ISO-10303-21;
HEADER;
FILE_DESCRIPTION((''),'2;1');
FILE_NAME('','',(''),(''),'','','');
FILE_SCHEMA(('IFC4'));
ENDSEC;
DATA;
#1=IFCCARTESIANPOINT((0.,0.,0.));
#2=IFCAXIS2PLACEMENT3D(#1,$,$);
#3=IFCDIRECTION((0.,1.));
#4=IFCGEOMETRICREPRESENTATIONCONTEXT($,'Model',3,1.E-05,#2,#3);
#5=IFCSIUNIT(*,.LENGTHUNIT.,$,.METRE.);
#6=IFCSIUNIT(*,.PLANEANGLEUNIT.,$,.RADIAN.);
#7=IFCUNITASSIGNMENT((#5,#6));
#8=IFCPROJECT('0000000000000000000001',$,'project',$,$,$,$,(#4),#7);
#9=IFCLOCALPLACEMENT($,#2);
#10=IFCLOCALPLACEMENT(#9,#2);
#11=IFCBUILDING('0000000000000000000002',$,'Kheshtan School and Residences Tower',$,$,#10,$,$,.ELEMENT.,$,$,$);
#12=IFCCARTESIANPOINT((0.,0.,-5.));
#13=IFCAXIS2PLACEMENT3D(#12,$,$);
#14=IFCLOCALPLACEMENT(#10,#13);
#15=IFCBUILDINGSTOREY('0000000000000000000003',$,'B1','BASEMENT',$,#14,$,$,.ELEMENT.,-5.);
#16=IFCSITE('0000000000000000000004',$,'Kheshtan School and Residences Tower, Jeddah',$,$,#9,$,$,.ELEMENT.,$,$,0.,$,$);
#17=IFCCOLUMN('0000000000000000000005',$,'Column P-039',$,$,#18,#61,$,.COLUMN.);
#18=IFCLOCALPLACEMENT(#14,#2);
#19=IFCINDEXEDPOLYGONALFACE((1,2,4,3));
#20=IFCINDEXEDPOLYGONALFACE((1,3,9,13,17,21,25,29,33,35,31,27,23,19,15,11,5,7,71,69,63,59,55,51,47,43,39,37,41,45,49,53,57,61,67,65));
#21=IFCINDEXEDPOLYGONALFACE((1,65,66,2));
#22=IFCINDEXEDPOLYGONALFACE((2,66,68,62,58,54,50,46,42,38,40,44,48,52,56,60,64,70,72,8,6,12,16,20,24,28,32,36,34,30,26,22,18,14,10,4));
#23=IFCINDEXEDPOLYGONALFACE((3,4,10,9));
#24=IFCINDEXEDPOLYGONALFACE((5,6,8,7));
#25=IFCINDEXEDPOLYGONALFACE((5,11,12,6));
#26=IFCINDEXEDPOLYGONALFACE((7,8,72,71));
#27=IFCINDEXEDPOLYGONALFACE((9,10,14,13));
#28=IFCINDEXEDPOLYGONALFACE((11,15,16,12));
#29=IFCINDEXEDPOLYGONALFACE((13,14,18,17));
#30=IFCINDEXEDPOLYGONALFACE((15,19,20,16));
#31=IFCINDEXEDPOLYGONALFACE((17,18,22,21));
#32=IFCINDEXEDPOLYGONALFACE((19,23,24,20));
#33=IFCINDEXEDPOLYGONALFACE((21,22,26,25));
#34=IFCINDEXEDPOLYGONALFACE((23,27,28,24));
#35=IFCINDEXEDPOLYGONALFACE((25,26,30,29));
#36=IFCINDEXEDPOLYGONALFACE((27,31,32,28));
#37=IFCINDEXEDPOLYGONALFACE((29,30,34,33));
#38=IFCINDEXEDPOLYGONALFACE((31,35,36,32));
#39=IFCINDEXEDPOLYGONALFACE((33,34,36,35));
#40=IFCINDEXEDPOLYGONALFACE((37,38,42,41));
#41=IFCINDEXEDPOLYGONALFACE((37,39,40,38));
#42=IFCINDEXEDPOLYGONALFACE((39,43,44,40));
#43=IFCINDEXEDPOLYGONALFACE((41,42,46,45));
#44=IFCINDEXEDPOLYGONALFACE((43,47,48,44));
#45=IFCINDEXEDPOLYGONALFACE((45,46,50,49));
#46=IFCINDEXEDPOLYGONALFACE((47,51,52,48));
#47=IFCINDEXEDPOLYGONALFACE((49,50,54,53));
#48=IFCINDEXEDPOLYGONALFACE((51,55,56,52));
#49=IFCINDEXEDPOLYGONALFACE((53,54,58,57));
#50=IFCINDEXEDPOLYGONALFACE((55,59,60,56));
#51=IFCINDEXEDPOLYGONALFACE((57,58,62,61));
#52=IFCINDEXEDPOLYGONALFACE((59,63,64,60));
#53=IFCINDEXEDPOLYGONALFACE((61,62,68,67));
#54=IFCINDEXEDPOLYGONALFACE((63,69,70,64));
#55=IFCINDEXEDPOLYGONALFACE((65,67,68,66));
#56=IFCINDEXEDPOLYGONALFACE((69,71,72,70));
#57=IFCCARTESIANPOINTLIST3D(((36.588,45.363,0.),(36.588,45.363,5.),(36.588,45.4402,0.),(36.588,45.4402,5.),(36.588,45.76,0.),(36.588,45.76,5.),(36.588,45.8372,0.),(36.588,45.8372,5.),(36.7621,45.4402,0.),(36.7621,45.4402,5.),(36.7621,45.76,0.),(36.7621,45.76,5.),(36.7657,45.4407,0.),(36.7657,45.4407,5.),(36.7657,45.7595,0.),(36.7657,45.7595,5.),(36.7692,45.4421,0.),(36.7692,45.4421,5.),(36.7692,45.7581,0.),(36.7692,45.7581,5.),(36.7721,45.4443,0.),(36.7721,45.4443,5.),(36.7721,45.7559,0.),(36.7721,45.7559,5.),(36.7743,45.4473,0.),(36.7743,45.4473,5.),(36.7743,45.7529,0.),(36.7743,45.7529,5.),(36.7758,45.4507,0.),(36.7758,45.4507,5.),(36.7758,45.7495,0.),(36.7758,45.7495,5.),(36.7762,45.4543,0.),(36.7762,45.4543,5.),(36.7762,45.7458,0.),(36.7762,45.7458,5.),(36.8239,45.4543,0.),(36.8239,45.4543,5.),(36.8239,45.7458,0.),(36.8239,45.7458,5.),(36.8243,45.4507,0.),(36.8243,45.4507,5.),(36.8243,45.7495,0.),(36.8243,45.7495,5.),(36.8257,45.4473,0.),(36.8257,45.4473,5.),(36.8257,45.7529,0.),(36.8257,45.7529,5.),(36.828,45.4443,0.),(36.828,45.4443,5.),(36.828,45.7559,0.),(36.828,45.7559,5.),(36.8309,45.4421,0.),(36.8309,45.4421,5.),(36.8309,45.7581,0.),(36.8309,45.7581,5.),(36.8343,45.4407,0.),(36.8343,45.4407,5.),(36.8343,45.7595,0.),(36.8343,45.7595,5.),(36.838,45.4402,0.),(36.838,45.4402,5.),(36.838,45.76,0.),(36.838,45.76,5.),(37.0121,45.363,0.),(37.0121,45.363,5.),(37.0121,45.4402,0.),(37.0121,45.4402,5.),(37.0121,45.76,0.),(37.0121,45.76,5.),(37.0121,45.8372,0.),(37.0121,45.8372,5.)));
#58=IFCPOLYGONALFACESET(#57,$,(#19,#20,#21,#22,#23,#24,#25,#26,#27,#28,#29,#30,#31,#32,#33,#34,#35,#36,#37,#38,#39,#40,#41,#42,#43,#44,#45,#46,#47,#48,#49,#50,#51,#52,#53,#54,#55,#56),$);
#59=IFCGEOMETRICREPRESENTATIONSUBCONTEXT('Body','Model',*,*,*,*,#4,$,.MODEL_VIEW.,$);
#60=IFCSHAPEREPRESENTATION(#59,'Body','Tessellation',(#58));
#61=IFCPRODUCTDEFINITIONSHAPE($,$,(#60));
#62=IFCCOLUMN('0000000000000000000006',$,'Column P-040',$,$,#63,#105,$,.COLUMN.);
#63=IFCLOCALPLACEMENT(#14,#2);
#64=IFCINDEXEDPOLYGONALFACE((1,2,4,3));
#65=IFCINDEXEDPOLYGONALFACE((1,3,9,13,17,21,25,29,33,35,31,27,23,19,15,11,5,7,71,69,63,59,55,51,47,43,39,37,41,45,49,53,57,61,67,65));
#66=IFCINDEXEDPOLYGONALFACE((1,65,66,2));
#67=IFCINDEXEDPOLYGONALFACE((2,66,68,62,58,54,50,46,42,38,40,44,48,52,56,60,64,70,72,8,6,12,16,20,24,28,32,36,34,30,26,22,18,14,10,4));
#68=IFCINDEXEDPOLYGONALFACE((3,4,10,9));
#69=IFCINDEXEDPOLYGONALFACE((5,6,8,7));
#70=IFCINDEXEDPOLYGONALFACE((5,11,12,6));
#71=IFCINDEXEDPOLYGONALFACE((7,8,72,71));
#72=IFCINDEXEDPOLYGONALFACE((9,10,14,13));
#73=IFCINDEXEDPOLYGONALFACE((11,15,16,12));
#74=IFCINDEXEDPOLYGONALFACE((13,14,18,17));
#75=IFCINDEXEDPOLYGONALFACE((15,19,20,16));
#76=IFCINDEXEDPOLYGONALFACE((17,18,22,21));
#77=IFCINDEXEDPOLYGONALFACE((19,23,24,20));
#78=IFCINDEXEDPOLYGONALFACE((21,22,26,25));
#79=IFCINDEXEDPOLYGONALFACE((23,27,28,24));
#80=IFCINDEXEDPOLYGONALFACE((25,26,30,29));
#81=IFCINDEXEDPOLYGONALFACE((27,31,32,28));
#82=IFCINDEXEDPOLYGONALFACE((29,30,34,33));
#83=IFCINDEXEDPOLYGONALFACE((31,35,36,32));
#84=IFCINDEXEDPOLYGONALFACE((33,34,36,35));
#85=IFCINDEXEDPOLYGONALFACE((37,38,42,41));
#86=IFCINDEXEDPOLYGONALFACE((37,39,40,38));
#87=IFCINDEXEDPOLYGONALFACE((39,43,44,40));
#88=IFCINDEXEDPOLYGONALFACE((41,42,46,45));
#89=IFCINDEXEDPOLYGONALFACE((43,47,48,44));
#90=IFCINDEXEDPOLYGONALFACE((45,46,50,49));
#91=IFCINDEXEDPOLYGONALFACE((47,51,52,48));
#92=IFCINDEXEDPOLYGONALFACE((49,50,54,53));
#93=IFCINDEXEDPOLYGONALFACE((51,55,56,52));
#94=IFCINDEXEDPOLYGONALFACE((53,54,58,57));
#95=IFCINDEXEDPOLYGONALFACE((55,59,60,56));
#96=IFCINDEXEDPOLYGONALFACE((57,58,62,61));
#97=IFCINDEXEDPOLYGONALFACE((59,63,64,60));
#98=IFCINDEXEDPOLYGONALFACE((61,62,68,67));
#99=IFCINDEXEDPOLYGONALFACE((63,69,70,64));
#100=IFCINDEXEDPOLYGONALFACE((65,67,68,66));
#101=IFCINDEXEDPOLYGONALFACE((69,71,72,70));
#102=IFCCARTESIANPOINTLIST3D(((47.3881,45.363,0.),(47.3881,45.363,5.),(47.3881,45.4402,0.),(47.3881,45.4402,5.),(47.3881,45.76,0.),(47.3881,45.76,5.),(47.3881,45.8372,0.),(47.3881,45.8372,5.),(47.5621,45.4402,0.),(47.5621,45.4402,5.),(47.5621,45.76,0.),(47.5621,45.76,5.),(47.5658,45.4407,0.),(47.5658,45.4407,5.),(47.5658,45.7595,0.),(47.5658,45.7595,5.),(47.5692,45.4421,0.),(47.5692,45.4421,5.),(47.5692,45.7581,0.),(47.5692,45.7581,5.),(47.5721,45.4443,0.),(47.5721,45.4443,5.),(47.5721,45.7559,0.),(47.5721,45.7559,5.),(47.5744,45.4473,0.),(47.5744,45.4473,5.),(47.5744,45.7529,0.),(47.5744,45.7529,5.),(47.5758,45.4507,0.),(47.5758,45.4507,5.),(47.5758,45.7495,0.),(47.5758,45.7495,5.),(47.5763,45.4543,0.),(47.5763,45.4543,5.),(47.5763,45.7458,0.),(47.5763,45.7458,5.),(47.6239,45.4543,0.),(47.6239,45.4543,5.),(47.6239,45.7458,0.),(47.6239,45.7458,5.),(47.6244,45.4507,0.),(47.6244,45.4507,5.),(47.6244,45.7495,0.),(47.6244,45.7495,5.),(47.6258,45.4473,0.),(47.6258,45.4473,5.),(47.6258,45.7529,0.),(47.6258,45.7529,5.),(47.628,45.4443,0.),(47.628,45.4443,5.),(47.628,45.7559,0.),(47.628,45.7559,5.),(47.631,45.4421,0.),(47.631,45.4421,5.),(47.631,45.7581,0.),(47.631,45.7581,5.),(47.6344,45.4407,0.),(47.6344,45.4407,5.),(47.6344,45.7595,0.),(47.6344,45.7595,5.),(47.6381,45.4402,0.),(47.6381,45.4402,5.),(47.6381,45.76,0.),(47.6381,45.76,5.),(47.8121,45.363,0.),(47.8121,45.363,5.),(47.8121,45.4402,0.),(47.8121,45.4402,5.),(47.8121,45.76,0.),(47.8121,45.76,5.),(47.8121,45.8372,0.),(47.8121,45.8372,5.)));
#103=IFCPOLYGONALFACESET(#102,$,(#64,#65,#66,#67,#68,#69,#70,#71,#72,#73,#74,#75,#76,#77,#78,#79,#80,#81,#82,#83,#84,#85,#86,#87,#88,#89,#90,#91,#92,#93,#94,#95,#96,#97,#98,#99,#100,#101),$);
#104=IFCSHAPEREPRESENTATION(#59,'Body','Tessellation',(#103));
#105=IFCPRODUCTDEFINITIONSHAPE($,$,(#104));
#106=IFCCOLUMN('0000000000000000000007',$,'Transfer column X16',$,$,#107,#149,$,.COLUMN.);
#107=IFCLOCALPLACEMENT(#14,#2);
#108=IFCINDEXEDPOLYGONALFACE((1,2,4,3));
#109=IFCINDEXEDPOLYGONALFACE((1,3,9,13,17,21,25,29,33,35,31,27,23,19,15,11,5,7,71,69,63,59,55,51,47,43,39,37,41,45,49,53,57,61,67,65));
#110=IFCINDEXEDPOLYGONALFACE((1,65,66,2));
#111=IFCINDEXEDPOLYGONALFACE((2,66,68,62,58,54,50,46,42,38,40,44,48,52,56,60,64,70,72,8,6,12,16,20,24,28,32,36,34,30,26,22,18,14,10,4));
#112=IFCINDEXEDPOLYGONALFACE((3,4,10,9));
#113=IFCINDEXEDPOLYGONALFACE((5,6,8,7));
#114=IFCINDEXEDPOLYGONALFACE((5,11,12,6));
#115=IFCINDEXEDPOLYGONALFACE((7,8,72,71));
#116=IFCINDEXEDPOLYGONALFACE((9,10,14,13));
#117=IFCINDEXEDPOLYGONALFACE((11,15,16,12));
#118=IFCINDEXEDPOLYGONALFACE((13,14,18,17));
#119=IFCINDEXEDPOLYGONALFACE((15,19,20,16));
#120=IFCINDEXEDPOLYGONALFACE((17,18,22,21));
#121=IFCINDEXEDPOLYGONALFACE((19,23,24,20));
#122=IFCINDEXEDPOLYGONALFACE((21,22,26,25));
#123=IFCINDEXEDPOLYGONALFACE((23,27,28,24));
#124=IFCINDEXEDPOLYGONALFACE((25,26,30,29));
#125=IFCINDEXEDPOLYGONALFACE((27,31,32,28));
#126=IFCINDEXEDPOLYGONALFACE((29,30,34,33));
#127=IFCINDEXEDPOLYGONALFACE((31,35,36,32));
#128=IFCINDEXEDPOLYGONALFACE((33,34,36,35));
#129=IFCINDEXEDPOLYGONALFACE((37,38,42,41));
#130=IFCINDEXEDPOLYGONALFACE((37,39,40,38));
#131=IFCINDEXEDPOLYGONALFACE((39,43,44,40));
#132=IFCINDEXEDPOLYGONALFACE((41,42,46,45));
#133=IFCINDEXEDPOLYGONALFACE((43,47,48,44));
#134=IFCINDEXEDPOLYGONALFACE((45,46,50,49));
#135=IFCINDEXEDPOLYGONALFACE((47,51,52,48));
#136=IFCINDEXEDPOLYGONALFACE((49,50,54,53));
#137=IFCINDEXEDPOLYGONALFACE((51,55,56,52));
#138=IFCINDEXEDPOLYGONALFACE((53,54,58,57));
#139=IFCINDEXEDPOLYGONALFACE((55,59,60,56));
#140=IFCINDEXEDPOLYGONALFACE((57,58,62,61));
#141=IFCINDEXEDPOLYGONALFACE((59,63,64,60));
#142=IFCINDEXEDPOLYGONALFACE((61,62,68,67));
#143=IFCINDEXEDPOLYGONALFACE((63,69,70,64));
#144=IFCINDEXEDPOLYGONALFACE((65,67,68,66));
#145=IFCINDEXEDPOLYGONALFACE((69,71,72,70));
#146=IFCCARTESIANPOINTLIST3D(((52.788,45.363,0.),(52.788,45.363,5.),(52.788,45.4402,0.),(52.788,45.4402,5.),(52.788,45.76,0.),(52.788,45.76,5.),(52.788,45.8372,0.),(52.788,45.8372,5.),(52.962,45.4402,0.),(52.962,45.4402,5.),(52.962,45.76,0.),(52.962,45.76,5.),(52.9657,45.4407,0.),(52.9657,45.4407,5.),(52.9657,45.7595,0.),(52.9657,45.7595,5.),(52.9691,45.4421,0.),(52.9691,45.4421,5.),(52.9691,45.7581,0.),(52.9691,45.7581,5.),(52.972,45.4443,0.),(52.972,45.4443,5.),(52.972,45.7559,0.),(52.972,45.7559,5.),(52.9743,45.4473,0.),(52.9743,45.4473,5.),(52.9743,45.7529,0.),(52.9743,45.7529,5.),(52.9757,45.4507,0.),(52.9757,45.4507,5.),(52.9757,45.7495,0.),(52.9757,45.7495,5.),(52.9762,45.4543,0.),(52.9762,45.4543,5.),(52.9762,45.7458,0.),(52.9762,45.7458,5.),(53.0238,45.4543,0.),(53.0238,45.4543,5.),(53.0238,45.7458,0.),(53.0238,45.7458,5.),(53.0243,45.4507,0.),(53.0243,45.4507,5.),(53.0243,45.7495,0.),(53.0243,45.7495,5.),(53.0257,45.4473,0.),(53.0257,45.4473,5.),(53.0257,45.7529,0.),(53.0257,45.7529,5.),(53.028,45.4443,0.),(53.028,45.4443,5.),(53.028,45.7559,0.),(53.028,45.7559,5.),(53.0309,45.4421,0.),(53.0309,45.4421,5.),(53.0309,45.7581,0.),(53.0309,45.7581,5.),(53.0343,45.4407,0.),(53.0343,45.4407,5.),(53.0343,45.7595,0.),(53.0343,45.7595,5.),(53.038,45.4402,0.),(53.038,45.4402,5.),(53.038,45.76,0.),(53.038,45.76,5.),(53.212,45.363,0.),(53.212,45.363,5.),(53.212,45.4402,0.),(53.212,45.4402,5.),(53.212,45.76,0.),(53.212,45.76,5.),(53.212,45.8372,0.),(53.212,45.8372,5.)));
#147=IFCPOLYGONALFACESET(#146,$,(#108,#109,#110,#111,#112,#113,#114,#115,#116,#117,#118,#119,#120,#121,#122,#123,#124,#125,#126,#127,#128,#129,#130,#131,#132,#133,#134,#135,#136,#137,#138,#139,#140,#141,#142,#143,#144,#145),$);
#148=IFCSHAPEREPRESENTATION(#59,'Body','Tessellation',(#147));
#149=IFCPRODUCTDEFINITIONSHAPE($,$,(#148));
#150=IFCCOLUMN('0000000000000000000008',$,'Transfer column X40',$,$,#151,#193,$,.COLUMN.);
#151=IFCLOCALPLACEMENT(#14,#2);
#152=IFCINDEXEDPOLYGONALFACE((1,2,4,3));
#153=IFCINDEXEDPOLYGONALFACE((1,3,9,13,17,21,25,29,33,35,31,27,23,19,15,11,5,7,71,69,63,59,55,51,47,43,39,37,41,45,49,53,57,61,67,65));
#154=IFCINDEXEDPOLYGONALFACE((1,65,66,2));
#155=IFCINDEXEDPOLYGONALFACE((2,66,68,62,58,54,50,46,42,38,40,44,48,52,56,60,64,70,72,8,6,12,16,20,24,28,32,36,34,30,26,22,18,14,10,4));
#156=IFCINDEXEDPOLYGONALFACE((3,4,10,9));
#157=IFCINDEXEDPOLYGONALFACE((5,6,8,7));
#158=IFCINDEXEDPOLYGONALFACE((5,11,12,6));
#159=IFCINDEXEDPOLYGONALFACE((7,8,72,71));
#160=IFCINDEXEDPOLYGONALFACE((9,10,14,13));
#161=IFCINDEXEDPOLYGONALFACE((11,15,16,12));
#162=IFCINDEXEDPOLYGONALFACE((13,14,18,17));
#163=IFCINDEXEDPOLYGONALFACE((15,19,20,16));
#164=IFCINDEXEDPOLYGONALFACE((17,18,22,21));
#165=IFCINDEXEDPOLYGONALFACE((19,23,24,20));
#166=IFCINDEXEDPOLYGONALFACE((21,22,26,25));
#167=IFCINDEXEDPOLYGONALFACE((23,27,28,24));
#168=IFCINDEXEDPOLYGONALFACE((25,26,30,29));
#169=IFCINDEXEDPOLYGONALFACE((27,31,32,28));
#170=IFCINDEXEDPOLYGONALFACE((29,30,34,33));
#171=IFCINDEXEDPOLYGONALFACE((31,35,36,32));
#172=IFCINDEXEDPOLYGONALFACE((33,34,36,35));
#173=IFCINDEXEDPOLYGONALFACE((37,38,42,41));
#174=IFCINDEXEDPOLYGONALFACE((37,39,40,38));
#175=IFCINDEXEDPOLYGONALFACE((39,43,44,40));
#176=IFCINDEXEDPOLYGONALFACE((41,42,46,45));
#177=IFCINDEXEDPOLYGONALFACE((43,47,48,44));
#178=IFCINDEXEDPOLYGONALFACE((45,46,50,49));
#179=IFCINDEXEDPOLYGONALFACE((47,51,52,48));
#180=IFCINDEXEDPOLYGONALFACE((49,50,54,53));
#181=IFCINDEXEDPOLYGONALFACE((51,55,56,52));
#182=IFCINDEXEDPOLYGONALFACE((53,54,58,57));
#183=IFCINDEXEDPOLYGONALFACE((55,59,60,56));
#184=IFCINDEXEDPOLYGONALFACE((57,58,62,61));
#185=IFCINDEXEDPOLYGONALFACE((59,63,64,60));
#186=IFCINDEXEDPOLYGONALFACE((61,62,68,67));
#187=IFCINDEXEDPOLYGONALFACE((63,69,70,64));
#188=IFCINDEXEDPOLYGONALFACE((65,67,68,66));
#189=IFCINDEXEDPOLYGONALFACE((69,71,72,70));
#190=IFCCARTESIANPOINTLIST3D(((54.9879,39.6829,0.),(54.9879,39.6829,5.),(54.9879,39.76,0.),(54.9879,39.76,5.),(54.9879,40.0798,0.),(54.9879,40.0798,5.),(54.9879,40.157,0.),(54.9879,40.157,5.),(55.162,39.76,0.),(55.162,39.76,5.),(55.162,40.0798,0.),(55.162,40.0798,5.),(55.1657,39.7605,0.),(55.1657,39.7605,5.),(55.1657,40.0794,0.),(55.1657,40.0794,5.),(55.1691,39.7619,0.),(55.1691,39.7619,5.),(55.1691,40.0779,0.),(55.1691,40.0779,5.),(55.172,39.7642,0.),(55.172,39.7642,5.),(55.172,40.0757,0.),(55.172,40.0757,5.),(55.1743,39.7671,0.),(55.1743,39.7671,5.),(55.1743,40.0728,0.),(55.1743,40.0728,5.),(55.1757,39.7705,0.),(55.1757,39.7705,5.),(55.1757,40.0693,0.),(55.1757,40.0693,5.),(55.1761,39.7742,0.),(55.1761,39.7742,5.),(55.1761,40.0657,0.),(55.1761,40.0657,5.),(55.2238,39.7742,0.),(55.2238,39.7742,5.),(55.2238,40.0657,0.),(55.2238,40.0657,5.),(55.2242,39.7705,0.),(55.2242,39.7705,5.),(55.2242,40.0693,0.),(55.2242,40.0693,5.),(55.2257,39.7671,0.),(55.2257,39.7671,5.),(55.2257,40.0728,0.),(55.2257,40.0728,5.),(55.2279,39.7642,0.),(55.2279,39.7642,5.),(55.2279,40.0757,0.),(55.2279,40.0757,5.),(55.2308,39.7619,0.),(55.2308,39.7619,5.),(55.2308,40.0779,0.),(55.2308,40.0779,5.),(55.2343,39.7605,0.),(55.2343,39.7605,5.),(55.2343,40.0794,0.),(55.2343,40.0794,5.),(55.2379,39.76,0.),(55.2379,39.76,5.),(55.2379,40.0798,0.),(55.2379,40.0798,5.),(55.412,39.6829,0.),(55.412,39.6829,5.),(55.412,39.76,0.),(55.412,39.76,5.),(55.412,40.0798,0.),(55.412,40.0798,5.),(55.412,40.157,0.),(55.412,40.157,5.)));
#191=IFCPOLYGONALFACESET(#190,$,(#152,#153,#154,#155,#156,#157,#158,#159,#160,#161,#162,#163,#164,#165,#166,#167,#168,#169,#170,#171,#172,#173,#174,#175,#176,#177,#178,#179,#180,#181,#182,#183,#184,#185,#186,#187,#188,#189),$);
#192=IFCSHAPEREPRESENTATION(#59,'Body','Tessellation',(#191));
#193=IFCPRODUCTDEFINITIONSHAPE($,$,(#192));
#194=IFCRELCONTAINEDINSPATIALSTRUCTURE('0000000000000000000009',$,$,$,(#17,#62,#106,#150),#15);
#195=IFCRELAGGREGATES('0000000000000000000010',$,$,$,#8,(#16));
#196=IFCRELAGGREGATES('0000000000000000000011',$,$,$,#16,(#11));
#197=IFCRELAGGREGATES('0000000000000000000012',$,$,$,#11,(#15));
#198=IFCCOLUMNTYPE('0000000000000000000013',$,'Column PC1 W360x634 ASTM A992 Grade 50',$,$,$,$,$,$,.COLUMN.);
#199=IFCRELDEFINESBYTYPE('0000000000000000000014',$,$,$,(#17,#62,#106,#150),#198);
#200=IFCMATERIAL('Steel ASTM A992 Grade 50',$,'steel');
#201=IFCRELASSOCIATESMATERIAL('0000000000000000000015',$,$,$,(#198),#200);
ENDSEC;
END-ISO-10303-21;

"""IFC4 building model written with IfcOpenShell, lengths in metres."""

from ifc_helpers import new_model, si_unit, direction, frame, origin, origin_2d, place, context, subcontext, project, spatial, i_section, extrude, material, material_profile, profile_set, type_object, element, save


model = new_model("IFC4")

# Units and contexts
model_context = context("Model", 3, precision=1e-05, world=origin(), true_north=direction((0.0, 1.0)))
body_context = subcontext(model_context, "Body", "Model", "MODEL_VIEW")
ifc_project = project(units=[si_unit("LENGTHUNIT", "METRE"), si_unit("PLANEANGLEUNIT", "RADIAN")], contexts=[model_context])

# Site, building, storey
site_placement = place(None, origin())
site = spatial("IfcSite", under=ifc_project, at=site_placement, Name="Kheshtan School and Residences Tower, Jeddah", CompositionType="ELEMENT", RefElevation=0.0)
building_placement = place(site_placement, origin())
building = spatial("IfcBuilding", under=site, at=building_placement, Name="Kheshtan School and Residences Tower", CompositionType="ELEMENT")
storey_placement = place(building_placement, frame((0.0, 0.0, -5.0)))
storey = spatial("IfcBuildingStorey", under=building, at=storey_placement, Name="B1", Description="BASEMENT", CompositionType="ELEMENT", Elevation=-5.0)

# Columns
ifc_material_1 = material(Name="Steel ASTM A992 Grade 50", Category="steel")
ifc_material_profile_1 = material_profile(ifc_material_1, i_section(OverallWidth=0.4241, OverallDepth=0.4741, WebThickness=0.0476, FlangeThickness=0.0771, FilletRadius=0.0142, at=origin_2d()), Name="W360x634")
ifc_profile_set_1 = profile_set([ifc_material_profile_1], Name="Steel ASTM A992 Grade 50")
column_type = type_object("IfcColumnType", Name="Column PC1 W360x634 ASTM A992 Grade 50", PredefinedType="COLUMN", material=ifc_profile_set_1)
for number, where, z_axis, x_axis, name in (
    (1, (36.8, 45.6001, 0.0), (0.0, 0.0, 1.0), (1.0, 0.0, 0.0), "Column P-039"),
    (2, (47.6001, 45.6001, 0.0), (0.0, 0.0, 1.0), (1.0, 0.0, 0.0), "Column P-040"),
    (3, (53.0, 45.6001, 0.0), (0.0, 0.0, 1.0), (1.0, 0.0, 0.0), "Transfer column X16"),
    (4, (55.2, 39.9199, 0.0), (0.0, 0.0, 1.0), (1.0, 0.0, 0.0), "Transfer column X40"),
):
    element("IfcColumn", number, at=place(storey_placement, frame(where, z_axis=z_axis, x_axis=x_axis)), inside=storey, type_object=column_type, Name=name, PredefinedType="COLUMN", context=body_context, shape_type="SweptSolid", body=[
        extrude(i_section(OverallWidth=0.4241, OverallDepth=0.4741, WebThickness=0.0476, FlangeThickness=0.0771, FilletRadius=0.0142, at=origin_2d()), origin(), (0.0, 0.0, 1.0), 5.0),
    ])

save(model, "model.ifc")
